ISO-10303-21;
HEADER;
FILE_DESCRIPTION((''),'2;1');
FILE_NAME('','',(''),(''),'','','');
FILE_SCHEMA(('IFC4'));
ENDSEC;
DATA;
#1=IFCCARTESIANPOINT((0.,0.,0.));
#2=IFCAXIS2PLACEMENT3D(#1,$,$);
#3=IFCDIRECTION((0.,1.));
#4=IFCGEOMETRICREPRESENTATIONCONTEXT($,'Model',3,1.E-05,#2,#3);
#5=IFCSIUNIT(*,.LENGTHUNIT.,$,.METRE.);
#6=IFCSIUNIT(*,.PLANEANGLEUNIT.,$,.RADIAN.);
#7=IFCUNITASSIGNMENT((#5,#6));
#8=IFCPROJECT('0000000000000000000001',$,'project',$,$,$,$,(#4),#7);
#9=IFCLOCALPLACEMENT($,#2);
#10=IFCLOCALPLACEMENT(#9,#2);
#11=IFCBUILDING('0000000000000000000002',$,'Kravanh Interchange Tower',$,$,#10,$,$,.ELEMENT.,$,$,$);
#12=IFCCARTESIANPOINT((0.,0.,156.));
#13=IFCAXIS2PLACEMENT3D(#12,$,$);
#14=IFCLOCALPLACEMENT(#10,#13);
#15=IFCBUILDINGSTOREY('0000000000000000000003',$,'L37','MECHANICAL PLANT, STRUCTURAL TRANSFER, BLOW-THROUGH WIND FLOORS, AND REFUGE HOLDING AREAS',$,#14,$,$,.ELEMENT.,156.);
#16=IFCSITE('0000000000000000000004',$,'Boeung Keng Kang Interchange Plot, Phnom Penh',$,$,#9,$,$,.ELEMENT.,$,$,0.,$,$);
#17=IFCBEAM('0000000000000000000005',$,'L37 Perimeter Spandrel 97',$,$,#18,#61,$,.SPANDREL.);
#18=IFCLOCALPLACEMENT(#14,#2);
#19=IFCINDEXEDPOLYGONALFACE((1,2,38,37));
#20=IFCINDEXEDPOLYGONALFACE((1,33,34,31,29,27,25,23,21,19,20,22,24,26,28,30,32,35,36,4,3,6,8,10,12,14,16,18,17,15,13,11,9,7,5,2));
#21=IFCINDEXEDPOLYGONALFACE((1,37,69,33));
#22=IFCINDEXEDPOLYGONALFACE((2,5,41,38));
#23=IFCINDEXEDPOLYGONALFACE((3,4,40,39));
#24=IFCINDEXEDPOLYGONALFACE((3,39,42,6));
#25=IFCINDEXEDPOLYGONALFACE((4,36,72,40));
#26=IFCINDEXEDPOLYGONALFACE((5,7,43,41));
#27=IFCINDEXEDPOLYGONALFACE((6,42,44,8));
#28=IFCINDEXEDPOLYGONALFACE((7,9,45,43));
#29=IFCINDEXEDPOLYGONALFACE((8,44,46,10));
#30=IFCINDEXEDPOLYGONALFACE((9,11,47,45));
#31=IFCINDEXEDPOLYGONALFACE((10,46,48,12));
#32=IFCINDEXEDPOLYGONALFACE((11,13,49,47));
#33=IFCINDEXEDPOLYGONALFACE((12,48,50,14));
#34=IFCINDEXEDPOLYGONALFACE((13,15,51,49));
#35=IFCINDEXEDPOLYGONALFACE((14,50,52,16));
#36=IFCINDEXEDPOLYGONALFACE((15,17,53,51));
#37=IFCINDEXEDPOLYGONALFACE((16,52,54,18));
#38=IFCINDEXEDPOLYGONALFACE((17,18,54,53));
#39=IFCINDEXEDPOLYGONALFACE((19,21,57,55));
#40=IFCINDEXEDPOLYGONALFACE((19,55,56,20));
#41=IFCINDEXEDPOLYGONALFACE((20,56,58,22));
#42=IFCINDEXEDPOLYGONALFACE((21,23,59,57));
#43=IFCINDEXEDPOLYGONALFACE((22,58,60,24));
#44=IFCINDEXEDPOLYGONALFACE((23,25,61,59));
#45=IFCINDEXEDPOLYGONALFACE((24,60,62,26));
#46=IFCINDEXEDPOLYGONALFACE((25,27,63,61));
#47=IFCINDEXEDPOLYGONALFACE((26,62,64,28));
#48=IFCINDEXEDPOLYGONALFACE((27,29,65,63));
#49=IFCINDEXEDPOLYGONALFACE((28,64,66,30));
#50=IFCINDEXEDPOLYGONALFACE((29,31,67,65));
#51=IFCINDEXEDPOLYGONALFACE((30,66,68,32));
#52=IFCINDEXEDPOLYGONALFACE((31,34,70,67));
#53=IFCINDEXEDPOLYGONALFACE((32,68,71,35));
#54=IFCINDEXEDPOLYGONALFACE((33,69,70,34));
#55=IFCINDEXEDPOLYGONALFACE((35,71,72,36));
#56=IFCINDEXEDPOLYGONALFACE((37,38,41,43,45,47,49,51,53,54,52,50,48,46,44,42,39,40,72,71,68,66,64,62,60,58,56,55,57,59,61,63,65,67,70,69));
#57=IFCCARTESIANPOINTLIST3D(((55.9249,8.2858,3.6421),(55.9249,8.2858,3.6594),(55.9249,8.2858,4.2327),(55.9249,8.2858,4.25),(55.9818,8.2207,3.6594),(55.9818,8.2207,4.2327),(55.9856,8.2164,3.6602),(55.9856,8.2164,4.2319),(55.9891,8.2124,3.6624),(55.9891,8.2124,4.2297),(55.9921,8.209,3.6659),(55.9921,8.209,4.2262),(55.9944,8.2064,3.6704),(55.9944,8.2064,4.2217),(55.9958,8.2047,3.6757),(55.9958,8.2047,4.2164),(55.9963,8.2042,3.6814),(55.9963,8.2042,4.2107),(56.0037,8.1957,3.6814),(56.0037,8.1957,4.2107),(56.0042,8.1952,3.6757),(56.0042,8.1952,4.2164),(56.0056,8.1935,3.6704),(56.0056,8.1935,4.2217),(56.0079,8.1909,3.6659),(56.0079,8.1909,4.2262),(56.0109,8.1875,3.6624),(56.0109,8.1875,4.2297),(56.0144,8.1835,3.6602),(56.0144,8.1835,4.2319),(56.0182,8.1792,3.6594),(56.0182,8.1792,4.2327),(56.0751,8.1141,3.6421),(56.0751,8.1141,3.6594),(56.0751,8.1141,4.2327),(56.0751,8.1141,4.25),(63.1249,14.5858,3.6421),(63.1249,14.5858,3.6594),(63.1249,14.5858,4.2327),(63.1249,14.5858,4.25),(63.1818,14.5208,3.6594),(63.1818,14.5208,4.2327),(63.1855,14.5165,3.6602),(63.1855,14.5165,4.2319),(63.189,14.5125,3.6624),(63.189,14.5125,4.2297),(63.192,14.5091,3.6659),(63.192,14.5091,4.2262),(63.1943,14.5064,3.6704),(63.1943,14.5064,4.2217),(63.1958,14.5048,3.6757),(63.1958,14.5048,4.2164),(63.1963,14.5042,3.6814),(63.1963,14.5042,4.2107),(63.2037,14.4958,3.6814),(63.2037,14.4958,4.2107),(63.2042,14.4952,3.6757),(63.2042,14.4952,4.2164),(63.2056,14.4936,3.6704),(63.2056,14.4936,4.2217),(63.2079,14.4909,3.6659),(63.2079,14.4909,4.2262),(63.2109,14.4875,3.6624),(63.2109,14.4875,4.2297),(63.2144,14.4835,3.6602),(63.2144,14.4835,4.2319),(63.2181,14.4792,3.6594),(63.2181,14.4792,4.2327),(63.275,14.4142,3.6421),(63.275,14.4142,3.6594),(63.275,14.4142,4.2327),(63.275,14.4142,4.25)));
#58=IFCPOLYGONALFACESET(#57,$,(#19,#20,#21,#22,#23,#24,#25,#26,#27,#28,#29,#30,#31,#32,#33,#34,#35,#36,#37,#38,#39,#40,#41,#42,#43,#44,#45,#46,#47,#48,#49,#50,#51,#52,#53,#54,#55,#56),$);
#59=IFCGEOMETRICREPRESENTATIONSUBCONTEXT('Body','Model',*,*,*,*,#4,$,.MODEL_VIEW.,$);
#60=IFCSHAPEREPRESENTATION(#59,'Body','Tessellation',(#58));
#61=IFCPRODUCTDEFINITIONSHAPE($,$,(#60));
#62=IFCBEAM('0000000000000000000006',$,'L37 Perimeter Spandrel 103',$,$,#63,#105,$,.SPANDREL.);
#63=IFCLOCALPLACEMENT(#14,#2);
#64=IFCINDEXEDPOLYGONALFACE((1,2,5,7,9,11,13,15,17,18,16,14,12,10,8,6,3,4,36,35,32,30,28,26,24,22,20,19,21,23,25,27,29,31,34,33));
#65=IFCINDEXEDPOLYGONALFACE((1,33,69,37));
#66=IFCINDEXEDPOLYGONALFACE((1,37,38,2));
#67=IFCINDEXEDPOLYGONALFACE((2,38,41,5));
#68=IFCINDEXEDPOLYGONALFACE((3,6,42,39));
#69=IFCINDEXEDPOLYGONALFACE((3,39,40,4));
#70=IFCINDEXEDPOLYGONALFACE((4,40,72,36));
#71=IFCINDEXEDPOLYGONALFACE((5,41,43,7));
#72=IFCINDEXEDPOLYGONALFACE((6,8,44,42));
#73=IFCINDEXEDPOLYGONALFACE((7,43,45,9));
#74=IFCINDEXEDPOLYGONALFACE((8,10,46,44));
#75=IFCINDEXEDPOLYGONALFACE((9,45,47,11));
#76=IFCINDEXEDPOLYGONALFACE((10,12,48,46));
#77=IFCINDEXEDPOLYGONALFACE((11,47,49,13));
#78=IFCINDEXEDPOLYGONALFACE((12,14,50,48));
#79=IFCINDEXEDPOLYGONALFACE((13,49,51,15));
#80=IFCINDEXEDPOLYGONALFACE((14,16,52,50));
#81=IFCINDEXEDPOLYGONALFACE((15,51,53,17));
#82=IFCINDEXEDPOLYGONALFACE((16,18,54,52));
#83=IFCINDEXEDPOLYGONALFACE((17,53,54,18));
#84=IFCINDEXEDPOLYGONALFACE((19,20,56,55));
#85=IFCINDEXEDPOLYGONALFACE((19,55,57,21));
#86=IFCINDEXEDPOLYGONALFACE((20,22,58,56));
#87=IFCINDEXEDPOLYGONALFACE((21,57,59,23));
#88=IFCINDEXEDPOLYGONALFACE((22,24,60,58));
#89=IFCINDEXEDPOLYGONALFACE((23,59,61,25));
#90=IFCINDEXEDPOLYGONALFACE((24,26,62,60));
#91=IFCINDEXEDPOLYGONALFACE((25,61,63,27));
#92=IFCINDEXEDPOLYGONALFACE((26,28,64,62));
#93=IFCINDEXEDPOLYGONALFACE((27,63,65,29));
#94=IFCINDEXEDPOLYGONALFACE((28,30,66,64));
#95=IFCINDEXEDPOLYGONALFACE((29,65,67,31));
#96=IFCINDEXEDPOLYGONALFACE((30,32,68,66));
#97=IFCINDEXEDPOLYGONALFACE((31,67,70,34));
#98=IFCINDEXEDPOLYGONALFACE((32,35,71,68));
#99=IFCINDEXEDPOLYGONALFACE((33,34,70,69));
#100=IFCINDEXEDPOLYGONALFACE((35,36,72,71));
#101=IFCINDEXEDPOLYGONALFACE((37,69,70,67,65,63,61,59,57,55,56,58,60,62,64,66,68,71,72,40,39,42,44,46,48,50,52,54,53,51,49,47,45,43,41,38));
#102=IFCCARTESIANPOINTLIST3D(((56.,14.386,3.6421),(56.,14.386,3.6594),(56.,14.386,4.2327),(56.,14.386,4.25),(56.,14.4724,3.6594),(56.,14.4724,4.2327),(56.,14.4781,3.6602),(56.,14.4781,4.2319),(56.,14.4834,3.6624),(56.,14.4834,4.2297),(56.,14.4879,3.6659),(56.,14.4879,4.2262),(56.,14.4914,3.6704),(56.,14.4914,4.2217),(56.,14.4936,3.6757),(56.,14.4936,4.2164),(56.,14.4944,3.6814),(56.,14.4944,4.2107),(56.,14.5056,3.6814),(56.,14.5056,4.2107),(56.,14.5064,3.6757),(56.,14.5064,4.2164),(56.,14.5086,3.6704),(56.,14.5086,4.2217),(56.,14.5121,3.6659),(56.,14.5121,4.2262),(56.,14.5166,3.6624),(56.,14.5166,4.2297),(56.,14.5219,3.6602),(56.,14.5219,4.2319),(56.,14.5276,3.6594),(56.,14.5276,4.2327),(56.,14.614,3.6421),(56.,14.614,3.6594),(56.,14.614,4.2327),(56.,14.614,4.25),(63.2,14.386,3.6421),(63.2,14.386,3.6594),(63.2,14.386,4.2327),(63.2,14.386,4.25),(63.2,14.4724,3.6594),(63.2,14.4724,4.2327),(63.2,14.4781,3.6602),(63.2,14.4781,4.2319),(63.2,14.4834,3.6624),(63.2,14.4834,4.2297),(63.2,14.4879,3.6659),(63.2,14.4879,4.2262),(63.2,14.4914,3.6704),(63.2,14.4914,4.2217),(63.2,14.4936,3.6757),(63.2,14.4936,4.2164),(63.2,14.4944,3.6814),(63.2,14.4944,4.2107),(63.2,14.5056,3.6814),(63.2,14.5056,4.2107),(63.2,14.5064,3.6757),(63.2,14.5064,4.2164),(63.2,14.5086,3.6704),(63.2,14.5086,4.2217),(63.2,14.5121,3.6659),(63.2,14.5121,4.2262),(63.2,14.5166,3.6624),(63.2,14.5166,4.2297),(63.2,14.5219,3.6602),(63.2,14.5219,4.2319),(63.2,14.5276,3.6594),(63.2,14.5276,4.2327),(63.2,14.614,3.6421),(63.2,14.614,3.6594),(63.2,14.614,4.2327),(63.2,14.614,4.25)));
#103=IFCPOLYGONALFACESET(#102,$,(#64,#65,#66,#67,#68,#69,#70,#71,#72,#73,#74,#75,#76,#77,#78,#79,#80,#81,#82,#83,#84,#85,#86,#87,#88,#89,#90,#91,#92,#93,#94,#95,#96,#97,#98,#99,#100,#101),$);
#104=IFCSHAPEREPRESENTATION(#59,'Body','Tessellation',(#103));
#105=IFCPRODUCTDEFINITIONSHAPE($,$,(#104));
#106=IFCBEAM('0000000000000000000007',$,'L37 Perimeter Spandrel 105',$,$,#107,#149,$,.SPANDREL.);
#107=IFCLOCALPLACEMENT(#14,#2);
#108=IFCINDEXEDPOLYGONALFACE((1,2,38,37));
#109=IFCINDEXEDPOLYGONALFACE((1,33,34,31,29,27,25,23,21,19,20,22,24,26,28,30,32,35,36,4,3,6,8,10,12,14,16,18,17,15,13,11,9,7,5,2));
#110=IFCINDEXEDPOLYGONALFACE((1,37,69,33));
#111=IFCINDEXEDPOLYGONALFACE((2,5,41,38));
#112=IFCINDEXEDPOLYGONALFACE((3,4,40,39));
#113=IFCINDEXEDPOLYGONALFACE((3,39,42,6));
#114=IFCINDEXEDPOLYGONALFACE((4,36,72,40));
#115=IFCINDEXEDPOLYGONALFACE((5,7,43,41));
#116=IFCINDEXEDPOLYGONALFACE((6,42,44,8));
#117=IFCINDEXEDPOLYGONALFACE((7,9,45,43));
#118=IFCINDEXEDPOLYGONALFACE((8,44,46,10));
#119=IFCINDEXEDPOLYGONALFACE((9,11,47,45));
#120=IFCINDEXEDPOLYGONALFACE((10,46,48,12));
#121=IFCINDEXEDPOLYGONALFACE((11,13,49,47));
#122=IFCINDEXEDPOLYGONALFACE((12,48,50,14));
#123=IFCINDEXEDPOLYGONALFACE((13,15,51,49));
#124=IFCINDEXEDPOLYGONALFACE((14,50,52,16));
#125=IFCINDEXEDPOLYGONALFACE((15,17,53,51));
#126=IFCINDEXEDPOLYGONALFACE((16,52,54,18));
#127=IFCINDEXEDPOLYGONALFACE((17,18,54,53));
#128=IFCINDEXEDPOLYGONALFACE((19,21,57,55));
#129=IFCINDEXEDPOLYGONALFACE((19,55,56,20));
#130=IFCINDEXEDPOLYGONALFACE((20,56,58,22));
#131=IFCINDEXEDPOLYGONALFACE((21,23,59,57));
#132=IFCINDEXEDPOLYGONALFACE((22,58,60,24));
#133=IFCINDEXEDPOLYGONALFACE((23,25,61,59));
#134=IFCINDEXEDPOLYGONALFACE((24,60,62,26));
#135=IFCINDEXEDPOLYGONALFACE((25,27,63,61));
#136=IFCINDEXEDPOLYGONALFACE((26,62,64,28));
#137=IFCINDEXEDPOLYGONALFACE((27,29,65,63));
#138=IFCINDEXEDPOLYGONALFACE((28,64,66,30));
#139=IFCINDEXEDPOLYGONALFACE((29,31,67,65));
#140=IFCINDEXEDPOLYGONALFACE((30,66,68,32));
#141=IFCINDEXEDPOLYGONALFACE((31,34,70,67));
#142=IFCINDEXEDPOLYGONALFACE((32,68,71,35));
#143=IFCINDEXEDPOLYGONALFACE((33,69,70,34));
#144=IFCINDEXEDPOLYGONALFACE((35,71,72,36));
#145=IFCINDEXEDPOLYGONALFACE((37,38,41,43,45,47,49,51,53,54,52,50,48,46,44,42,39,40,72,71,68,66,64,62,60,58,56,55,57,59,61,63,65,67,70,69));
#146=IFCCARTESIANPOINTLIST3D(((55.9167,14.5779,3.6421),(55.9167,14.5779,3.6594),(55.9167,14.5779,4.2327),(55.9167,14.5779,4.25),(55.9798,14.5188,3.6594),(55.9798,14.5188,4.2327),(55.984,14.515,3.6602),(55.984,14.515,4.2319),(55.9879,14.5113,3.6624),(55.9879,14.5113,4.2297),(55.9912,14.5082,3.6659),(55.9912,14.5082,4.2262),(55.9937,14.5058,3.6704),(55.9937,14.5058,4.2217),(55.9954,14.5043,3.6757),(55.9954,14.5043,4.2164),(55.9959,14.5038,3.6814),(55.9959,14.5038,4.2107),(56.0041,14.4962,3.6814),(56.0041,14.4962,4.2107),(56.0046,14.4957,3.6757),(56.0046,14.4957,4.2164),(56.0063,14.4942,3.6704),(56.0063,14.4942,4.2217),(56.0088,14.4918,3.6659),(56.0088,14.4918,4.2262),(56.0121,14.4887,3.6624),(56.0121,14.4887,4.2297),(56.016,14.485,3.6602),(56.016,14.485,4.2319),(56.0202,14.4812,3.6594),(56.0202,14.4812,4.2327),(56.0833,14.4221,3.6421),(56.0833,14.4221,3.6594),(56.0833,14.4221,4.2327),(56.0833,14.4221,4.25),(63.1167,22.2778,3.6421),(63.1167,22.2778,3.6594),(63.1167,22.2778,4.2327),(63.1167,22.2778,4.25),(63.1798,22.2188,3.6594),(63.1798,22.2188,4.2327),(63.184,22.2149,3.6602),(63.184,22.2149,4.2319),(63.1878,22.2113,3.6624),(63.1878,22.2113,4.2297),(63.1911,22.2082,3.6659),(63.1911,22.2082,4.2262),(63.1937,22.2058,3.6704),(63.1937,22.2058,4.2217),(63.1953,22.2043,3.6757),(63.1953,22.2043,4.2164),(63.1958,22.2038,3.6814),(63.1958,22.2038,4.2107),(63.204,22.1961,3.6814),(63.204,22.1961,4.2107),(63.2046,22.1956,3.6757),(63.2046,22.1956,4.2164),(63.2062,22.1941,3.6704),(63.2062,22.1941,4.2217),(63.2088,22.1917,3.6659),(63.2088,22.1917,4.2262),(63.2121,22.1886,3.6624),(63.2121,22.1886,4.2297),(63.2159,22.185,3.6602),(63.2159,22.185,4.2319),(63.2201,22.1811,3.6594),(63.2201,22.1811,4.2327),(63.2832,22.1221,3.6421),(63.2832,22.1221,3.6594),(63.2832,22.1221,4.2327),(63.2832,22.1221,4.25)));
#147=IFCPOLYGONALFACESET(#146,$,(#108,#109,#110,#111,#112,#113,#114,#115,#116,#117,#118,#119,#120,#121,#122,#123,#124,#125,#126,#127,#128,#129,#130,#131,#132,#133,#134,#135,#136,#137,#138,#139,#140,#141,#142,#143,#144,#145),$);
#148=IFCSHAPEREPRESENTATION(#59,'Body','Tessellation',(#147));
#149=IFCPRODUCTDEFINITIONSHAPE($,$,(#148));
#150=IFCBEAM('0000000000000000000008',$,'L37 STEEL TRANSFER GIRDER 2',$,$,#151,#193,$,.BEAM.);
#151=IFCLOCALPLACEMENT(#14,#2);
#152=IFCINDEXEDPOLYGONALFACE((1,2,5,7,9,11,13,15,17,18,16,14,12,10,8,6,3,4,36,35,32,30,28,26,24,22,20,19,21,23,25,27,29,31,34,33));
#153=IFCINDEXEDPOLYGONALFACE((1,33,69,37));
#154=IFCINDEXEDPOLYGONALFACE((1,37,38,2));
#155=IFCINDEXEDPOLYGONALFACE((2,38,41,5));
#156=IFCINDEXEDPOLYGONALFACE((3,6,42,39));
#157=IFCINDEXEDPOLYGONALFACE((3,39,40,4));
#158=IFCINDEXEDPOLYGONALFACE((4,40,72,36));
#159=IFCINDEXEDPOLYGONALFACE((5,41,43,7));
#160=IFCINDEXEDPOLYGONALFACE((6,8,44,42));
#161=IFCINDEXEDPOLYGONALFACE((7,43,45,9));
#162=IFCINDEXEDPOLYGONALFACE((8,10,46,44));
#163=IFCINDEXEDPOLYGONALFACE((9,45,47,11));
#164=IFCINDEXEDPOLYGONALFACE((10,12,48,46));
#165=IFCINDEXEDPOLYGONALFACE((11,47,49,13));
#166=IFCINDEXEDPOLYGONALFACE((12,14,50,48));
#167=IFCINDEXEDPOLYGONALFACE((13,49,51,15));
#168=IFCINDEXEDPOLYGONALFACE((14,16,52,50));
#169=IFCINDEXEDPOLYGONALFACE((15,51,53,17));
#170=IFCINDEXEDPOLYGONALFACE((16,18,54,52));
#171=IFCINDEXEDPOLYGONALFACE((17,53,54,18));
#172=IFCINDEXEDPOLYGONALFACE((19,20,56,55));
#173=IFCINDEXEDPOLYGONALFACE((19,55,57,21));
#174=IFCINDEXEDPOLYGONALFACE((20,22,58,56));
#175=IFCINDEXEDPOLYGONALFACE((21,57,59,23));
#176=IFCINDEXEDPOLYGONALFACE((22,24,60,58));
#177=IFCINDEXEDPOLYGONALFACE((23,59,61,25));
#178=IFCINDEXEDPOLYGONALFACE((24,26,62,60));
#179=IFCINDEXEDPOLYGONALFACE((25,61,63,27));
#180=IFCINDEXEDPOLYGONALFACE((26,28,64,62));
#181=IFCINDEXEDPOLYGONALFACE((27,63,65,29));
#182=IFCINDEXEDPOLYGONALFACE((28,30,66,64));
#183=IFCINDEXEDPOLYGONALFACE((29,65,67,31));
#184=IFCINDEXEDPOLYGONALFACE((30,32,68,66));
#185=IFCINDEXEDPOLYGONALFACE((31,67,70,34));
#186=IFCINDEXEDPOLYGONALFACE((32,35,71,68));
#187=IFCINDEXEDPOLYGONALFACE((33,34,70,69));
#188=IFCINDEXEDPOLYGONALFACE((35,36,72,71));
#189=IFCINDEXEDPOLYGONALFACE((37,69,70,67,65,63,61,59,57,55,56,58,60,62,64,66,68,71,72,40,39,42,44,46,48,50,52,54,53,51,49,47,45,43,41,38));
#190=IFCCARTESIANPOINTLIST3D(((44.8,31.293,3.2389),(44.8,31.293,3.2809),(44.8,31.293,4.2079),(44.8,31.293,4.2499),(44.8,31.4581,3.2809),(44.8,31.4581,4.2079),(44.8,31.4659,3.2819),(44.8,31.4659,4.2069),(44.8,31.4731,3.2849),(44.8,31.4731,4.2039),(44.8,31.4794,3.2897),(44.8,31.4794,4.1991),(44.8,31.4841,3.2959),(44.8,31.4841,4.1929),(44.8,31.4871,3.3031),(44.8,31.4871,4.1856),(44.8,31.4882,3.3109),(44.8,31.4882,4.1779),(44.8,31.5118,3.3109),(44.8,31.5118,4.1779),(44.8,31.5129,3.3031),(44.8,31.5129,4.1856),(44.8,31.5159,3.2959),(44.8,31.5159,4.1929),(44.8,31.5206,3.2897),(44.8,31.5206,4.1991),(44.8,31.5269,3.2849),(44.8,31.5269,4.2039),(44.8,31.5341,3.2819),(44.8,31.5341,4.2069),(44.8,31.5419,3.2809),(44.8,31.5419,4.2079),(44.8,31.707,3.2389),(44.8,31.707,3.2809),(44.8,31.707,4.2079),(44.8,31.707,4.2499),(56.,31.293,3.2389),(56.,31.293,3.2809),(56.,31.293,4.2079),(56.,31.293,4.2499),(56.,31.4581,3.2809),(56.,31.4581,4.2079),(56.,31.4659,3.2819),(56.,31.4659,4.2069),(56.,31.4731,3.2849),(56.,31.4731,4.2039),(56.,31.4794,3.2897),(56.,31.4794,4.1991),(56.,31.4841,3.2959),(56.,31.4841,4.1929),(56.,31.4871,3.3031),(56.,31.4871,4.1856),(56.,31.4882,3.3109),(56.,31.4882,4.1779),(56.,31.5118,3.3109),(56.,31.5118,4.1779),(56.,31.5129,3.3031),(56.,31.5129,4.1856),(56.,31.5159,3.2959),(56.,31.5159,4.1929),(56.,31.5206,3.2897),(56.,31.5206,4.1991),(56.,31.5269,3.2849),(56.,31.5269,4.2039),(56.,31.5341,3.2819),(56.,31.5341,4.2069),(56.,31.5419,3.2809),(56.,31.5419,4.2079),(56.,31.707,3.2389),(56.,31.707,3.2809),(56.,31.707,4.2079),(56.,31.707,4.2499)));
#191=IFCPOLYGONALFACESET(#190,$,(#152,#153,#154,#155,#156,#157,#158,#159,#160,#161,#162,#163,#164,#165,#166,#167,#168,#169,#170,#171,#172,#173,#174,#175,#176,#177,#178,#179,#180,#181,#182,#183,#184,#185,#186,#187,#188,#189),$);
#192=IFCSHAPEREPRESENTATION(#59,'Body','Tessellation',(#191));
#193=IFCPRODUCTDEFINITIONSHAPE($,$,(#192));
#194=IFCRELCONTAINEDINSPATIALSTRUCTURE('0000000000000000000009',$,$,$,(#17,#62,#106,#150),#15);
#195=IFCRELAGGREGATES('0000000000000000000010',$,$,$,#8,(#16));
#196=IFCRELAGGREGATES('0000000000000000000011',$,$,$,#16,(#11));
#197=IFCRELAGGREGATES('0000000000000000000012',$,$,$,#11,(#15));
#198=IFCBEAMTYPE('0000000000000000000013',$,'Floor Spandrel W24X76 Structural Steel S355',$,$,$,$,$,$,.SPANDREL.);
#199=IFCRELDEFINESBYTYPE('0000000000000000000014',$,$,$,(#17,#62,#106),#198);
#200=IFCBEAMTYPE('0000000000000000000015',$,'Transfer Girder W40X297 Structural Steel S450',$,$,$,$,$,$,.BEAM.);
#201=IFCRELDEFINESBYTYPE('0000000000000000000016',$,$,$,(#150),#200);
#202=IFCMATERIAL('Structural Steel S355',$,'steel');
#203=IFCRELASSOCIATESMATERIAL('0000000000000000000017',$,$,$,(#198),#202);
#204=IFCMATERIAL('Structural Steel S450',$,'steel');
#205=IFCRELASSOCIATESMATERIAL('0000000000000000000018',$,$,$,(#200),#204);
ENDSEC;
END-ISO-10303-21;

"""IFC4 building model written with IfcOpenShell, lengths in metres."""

from ifc_helpers import new_model, si_unit, direction, frame, origin, origin_2d, place, context, subcontext, project, spatial, i_section, extrude, material, material_profile, profile_set, type_object, element, save


model = new_model("IFC4")

# Units and contexts
model_context = context("Model", 3, precision=1e-05, world=origin(), true_north=direction((0.0, 1.0)))
body_context = subcontext(model_context, "Body", "Model", "MODEL_VIEW")
ifc_project = project(units=[si_unit("LENGTHUNIT", "METRE"), si_unit("PLANEANGLEUNIT", "RADIAN")], contexts=[model_context])

# Site, building, storey
site_placement = place(None, origin())
site = spatial("IfcSite", under=ifc_project, at=site_placement, Name="Boeung Keng Kang Interchange Plot, Phnom Penh", CompositionType="ELEMENT", RefElevation=0.0)
building_placement = place(site_placement, origin())
building = spatial("IfcBuilding", under=site, at=building_placement, Name="Kravanh Interchange Tower", CompositionType="ELEMENT")
storey_placement = place(building_placement, frame((0.0, 0.0, 156.0)))
storey = spatial("IfcBuildingStorey", under=building, at=storey_placement, Name="L37", Description="MECHANICAL PLANT, STRUCTURAL TRANSFER, BLOW-THROUGH WIND FLOORS, AND REFUGE HOLDING AREAS", CompositionType="ELEMENT", Elevation=156.0)

# Beams
ifc_material_1 = material(Name="Structural Steel S355", Category="steel")
ifc_material_profile_1 = material_profile(ifc_material_1, i_section(OverallWidth=0.228, OverallDepth=0.6079, WebThickness=0.0112, FlangeThickness=0.0173, FilletRadius=0.022, at=origin_2d()), Name="W24X76")
ifc_profile_set_1 = profile_set([ifc_material_profile_1], Name="Structural Steel S355")
beam_type_1 = type_object("IfcBeamType", Name="Floor Spandrel W24X76 Structural Steel S355", PredefinedType="SPANDREL", material=ifc_profile_set_1)
beam_1_placement = place(storey_placement, frame((56.0, 8.2, 3.946), z_axis=(0.752572, 0.65851, 0.0), x_axis=(-0.65851, 0.752572, 0.0)))
element("IfcBeam", 1, at=beam_1_placement, inside=storey, type_object=beam_type_1, Name="L37 Perimeter Spandrel 97", PredefinedType="SPANDREL", context=body_context, shape_type="SweptSolid", body=[
    extrude(i_section(OverallWidth=0.228, OverallDepth=0.6079, WebThickness=0.0112, FlangeThickness=0.0173, FilletRadius=0.022, at=origin_2d()), origin(), (0.0, 0.0, 1.0), 9.5671),
])
beam_2_placement = place(storey_placement, frame((56.0, 14.5, 3.946), z_axis=(1.0, 0.0, 0.0), x_axis=(0.0, 1.0, 0.0)))
element("IfcBeam", 2, at=beam_2_placement, inside=storey, type_object=beam_type_1, Name="L37 Perimeter Spandrel 103", PredefinedType="SPANDREL", context=body_context, shape_type="SweptSolid", body=[
    extrude(i_section(OverallWidth=0.228, OverallDepth=0.6079, WebThickness=0.0112, FlangeThickness=0.0173, FilletRadius=0.022, at=origin_2d()), origin(), (0.0, 0.0, 1.0), 7.2),
])
beam_3_placement = place(storey_placement, frame((56.0, 14.5, 3.946), z_axis=(0.682994, 0.730424, 0.0), x_axis=(-0.730424, 0.682994, 0.0)))
element("IfcBeam", 3, at=beam_3_placement, inside=storey, type_object=beam_type_1, Name="L37 Perimeter Spandrel 105", PredefinedType="SPANDREL", context=body_context, shape_type="SweptSolid", body=[
    extrude(i_section(OverallWidth=0.228, OverallDepth=0.6079, WebThickness=0.0112, FlangeThickness=0.0173, FilletRadius=0.022, at=origin_2d()), origin(), (0.0, 0.0, 1.0), 10.5417),
])
ifc_material_2 = material(Name="Structural Steel S450", Category="steel")
ifc_material_profile_2 = material_profile(ifc_material_2, i_section(OverallWidth=0.4141, OverallDepth=1.011, WebThickness=0.0237, FlangeThickness=0.042, FilletRadius=0.03, at=origin_2d()), Name="W40X297")
ifc_profile_set_2 = profile_set([ifc_material_profile_2], Name="Structural Steel S450")
beam_type_2 = type_object("IfcBeamType", Name="Transfer Girder W40X297 Structural Steel S450", PredefinedType="BEAM", material=ifc_profile_set_2)
beam_4_placement = place(storey_placement, frame((44.8, 31.5, 3.7444), z_axis=(1.0, 0.0, 0.0), x_axis=(0.0, 1.0, 0.0)))
element("IfcBeam", 4, at=beam_4_placement, inside=storey, type_object=beam_type_2, Name="L37 STEEL TRANSFER GIRDER 2", PredefinedType="BEAM", context=body_context, shape_type="SweptSolid", body=[
    extrude(i_section(OverallWidth=0.4141, OverallDepth=1.011, WebThickness=0.0237, FlangeThickness=0.042, FilletRadius=0.03, at=origin_2d()), origin(), (0.0, 0.0, 1.0), 11.2),
])

save(model, "model.ifc")
